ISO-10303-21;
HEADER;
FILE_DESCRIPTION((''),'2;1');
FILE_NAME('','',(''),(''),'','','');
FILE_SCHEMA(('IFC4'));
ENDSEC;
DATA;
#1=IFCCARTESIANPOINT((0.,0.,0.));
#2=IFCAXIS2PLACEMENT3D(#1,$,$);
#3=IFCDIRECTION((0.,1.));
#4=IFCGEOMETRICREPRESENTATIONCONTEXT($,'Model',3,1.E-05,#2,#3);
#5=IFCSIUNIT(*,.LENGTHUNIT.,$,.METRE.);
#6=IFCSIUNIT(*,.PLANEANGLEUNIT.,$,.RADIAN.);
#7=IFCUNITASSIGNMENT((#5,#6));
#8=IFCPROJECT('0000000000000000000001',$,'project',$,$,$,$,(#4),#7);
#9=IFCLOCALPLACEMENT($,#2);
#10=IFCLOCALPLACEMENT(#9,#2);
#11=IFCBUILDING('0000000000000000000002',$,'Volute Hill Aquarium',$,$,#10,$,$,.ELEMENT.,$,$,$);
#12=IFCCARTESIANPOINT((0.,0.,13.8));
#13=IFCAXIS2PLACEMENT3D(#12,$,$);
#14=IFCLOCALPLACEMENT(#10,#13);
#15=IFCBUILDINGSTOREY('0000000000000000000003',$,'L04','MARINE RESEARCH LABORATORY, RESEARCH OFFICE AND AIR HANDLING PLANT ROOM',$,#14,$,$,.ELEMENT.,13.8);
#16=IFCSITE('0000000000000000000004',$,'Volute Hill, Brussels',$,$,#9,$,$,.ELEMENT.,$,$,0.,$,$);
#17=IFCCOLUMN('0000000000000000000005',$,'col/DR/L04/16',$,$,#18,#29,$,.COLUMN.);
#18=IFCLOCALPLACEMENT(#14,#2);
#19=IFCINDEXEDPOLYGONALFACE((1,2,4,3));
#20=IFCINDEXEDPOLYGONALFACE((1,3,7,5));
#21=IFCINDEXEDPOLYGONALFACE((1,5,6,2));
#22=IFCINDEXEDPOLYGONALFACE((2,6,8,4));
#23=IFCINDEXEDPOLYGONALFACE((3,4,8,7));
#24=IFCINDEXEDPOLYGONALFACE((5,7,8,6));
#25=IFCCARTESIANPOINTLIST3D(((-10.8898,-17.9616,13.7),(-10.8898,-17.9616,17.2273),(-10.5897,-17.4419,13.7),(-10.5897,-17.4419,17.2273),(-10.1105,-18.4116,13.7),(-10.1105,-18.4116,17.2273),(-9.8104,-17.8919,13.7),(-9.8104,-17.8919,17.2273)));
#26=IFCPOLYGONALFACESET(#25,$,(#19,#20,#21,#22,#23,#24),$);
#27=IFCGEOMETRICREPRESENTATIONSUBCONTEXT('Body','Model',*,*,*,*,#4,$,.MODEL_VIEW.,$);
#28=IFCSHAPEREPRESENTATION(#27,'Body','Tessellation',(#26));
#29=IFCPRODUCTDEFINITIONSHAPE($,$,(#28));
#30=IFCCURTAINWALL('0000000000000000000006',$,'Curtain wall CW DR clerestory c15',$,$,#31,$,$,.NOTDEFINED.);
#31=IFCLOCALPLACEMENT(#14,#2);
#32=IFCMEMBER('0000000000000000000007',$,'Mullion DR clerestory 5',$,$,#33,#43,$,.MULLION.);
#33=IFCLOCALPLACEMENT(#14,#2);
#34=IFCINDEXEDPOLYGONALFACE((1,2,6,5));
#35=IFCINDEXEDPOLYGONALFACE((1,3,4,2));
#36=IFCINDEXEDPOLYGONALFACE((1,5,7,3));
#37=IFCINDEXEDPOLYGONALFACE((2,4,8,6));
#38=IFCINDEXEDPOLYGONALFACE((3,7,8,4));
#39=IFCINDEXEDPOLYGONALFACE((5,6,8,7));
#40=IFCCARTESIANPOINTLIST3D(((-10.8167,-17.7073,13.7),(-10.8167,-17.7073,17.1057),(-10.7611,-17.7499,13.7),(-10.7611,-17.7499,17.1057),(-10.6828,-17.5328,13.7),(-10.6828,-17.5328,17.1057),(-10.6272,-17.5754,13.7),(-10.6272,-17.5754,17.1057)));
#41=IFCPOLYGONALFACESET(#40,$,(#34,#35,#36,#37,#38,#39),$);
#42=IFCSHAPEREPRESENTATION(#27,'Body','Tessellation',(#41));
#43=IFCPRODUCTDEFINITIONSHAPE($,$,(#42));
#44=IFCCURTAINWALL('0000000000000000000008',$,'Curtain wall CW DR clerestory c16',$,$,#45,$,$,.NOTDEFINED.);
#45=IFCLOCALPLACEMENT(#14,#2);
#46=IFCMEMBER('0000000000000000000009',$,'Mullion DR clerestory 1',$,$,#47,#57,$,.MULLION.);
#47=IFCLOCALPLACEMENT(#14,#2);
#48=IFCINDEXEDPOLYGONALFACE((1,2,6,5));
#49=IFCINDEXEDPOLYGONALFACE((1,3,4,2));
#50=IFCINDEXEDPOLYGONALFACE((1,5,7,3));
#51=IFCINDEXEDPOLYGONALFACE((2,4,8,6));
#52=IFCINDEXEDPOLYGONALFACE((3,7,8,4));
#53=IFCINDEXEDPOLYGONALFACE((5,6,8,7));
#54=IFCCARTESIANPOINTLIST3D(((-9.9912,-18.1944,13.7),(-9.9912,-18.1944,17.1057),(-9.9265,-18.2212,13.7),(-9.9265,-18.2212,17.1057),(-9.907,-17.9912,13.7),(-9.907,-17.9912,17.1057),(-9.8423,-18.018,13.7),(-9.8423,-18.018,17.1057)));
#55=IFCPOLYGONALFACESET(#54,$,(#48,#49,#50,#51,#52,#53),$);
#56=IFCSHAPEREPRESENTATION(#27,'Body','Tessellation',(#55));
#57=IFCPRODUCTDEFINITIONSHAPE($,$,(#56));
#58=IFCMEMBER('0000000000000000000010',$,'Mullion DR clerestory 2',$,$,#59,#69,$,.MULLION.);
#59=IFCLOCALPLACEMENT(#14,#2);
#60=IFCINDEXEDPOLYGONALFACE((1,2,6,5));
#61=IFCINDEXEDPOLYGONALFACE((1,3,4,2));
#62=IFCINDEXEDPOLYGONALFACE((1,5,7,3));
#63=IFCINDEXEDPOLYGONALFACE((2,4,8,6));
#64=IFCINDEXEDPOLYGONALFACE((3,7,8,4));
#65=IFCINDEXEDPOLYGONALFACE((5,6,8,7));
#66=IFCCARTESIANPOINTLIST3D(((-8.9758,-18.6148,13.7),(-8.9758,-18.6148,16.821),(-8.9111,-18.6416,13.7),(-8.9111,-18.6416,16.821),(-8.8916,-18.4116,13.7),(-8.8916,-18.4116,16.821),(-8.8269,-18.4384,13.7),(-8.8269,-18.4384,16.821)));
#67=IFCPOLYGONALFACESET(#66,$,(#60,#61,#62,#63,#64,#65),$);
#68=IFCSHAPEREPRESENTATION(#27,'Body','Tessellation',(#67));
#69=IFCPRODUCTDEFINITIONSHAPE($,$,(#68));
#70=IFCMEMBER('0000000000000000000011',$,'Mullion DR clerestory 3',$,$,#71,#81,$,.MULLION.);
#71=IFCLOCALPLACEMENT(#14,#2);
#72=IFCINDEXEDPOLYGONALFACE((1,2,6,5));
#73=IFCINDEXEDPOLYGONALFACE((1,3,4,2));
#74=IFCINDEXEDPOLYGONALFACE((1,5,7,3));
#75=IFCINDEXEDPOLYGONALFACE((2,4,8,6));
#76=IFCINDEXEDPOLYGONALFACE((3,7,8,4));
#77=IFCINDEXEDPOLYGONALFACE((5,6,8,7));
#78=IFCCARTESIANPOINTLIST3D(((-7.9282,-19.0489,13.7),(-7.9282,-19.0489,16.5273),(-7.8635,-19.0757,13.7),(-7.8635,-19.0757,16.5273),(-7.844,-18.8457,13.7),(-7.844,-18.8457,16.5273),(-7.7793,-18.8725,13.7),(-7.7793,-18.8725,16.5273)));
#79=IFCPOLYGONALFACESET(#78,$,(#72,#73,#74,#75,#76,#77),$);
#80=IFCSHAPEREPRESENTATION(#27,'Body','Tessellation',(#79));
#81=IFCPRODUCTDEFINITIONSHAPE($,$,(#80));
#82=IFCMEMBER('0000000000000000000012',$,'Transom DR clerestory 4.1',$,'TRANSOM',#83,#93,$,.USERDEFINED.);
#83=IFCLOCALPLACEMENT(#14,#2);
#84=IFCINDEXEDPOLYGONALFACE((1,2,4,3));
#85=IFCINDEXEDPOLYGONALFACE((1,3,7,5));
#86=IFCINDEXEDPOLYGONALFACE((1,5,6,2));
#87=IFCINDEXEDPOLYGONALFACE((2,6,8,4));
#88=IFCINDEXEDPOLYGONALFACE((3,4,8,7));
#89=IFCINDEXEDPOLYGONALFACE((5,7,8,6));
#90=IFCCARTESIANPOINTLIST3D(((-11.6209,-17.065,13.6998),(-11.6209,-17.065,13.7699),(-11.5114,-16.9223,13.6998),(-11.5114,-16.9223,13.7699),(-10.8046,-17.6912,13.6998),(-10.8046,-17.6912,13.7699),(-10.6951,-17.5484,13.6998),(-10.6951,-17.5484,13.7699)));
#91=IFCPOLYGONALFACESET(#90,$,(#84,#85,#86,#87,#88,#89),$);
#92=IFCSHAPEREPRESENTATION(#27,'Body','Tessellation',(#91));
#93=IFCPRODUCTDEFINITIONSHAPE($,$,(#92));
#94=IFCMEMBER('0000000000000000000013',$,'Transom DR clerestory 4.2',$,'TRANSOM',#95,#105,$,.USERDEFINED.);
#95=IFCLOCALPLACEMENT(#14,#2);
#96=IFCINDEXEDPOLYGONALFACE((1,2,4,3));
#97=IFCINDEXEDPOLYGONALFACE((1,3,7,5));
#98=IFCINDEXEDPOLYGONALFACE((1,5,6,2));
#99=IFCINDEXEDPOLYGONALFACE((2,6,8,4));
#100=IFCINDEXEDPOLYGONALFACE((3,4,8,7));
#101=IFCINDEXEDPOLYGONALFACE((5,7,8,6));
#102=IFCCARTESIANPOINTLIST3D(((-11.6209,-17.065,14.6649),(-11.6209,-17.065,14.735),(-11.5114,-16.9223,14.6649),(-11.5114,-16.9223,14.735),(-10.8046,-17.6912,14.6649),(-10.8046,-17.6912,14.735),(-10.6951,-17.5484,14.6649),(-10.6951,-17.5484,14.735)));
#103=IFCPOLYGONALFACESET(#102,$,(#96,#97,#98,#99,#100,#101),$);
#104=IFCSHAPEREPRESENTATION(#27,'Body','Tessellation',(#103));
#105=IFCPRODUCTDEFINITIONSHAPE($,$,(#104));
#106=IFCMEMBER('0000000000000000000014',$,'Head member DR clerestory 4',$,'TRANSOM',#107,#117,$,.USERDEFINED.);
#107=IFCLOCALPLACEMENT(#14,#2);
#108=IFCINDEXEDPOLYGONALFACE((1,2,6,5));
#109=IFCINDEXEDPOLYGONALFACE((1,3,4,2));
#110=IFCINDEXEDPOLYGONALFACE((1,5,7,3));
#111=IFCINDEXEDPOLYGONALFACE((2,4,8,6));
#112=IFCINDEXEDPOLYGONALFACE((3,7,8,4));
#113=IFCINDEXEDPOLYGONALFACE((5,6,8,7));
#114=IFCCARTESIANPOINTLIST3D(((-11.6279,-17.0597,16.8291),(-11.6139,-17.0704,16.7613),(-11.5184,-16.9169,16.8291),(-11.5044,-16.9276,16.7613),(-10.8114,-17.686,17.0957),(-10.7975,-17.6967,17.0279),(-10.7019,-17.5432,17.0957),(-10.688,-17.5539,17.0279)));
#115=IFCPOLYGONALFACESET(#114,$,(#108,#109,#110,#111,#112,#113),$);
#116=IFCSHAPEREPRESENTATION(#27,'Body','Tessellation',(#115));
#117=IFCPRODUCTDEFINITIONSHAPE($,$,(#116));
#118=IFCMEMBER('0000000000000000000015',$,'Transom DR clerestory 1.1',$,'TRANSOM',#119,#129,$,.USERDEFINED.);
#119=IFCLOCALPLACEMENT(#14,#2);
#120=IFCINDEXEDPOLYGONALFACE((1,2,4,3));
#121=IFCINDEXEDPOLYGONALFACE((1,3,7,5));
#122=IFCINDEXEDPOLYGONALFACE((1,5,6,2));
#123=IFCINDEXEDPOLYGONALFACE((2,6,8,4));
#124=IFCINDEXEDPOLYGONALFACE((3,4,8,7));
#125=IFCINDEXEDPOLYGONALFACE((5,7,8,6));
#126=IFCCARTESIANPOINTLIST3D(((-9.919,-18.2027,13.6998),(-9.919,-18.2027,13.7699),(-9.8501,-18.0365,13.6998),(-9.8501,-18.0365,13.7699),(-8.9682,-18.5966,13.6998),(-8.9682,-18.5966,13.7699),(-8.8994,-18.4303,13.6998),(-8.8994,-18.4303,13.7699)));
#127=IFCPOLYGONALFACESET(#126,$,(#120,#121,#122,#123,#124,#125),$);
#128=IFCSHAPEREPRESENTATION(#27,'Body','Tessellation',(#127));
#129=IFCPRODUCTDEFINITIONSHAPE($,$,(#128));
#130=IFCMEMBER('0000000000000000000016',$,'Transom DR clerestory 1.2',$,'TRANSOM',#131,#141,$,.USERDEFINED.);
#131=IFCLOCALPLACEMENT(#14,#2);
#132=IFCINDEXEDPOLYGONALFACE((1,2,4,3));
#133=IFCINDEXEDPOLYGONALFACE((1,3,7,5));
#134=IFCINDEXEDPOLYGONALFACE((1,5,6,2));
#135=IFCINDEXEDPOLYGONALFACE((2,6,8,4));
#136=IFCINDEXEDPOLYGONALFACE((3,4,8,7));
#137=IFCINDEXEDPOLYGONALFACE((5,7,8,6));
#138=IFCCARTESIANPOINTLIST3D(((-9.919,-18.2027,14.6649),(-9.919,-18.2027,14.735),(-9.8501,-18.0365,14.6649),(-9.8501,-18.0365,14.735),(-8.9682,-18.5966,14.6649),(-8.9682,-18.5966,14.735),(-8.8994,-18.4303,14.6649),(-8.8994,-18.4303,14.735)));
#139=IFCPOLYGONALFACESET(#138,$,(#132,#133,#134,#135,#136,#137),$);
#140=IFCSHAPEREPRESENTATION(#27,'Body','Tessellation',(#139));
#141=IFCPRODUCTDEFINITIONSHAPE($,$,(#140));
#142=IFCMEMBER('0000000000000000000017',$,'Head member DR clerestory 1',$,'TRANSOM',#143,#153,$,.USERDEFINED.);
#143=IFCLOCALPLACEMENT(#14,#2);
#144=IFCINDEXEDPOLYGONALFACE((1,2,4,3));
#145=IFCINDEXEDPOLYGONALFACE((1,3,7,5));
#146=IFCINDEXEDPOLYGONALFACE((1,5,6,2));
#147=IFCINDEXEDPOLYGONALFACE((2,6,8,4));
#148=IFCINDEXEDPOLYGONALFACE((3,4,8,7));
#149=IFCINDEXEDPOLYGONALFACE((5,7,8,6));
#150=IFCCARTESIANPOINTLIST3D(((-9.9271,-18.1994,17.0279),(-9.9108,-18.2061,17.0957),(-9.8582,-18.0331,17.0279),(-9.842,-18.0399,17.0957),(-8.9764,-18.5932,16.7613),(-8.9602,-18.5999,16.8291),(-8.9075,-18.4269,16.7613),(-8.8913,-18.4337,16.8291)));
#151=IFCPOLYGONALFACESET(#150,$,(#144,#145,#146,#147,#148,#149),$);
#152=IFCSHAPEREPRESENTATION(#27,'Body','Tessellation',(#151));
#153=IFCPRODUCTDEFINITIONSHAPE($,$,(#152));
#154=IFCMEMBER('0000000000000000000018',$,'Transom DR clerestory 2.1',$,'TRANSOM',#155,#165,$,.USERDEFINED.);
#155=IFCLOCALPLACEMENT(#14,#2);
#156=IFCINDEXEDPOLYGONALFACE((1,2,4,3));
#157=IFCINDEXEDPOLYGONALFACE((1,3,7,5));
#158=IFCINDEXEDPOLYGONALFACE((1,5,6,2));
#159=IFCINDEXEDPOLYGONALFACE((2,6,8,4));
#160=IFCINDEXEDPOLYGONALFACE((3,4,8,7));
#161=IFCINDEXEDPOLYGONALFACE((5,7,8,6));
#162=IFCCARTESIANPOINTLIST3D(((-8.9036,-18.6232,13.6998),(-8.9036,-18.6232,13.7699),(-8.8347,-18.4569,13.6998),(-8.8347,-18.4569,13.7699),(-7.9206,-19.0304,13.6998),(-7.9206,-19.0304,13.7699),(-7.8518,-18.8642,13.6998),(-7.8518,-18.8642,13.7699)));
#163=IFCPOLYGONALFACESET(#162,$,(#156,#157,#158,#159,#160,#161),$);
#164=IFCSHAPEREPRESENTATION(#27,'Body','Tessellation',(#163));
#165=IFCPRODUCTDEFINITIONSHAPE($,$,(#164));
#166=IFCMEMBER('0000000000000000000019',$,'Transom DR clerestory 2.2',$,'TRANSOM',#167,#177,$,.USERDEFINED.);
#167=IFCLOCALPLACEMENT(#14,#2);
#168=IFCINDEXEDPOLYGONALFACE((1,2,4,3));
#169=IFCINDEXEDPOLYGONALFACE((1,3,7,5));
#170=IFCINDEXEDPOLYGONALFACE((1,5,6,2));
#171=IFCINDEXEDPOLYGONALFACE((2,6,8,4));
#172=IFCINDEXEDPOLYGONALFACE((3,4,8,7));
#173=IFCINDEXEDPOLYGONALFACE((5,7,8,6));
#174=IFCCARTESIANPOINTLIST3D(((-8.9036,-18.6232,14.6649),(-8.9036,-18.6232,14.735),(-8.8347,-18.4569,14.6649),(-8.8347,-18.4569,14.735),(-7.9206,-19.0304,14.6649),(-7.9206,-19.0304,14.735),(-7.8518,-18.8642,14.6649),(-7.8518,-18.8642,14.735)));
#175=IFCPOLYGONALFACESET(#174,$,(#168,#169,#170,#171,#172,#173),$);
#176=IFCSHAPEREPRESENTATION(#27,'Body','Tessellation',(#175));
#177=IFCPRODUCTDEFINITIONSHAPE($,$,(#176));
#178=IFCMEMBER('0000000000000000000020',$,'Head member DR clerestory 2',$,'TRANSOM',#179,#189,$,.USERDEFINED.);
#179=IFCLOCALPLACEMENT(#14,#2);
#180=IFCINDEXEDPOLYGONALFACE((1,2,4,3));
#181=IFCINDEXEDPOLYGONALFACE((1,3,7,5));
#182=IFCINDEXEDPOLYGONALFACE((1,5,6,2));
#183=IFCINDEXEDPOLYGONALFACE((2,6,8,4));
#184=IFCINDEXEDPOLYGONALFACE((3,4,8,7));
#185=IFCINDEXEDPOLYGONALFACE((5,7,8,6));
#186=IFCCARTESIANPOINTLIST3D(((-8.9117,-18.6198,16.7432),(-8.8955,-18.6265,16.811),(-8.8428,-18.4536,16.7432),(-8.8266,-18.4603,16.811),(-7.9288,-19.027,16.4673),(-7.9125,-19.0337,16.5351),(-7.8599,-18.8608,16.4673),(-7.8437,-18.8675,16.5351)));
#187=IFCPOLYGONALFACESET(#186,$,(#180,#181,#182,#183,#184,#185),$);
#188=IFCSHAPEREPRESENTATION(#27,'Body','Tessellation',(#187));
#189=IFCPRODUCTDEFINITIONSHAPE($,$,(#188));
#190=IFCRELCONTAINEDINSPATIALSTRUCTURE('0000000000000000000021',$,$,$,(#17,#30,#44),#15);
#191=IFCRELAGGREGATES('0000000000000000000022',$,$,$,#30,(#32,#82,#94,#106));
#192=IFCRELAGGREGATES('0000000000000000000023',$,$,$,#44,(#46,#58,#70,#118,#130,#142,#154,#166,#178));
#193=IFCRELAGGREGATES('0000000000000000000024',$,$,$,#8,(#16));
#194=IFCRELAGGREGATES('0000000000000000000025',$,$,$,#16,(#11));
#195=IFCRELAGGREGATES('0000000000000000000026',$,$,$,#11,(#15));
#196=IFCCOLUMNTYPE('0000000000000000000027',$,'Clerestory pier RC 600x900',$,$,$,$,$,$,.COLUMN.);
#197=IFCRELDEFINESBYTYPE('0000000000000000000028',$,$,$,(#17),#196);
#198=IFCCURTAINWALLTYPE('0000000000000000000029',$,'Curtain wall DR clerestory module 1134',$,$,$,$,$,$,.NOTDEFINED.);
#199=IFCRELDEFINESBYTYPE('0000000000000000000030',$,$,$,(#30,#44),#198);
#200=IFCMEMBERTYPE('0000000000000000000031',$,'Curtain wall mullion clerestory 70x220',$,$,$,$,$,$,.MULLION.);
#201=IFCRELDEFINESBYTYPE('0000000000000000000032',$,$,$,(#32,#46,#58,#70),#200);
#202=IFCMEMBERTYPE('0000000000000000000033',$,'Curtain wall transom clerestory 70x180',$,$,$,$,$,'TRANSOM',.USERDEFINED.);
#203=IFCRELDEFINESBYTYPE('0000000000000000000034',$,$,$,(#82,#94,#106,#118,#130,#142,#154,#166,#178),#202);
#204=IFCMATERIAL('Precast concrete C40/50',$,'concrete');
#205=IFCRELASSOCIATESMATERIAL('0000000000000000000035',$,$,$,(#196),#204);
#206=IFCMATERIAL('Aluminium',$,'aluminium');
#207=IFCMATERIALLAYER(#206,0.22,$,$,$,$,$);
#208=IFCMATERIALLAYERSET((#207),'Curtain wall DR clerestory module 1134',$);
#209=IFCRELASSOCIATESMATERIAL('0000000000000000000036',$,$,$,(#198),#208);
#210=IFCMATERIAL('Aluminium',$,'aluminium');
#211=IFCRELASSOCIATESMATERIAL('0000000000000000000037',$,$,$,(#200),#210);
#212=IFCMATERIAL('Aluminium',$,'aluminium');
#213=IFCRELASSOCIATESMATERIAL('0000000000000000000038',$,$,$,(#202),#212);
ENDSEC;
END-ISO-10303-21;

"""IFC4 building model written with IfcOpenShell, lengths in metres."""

from ifc_helpers import new_model, si_unit, direction, frame, origin, origin_2d, place, context, subcontext, project, spatial, rectangle, extrude, material, layer, layer_set, material_profile, profile_set, type_object, element, aggregate, save


model = new_model("IFC4")

# Units and contexts
model_context = context("Model", 3, precision=1e-05, world=origin(), true_north=direction((0.0, 1.0)))
body_context = subcontext(model_context, "Body", "Model", "MODEL_VIEW")
ifc_project = project(units=[si_unit("LENGTHUNIT", "METRE"), si_unit("PLANEANGLEUNIT", "RADIAN")], contexts=[model_context])

# Site, building, storey
site_placement = place(None, origin())
site = spatial("IfcSite", under=ifc_project, at=site_placement, Name="Volute Hill, Brussels", CompositionType="ELEMENT", RefElevation=0.0)
building_placement = place(site_placement, origin())
building = spatial("IfcBuilding", under=site, at=building_placement, Name="Volute Hill Aquarium", CompositionType="ELEMENT")
storey_placement = place(building_placement, frame((0.0, 0.0, 13.8)))
storey = spatial("IfcBuildingStorey", under=building, at=storey_placement, Name="L04", Description="MARINE RESEARCH LABORATORY, RESEARCH OFFICE AND AIR HANDLING PLANT ROOM", CompositionType="ELEMENT", Elevation=13.8)

# Column
ifc_material_1 = material(Name="Precast concrete C40/50", Category="concrete")
ifc_material_profile_1 = material_profile(ifc_material_1, rectangle(XDim=0.6001, YDim=0.8999, at=origin_2d()), Name="RC pier 600x900")
ifc_profile_set_1 = profile_set([ifc_material_profile_1], Name="Precast concrete C40/50")
column_type = type_object("IfcColumnType", Name="Clerestory pier RC 600x900", PredefinedType="COLUMN", material=ifc_profile_set_1)
column_placement = place(storey_placement, frame((-10.3501, -17.9268, 13.7), z_axis=(0.0, 0.0, 1.0), x_axis=(-0.5, -0.866025, 0.0)))
element("IfcColumn", 1, at=column_placement, inside=storey, type_object=column_type, Name="col/DR/L04/16", PredefinedType="COLUMN", context=body_context, shape_type="SweptSolid", body=[
    extrude(rectangle(XDim=0.6001, YDim=0.8999, at=origin_2d()), origin(), (0.0, 0.0, 1.0), 3.5273),
])

# Curtain wall, member
ifc_material_2 = material(Name="Aluminium", Category="aluminium")
ifc_layer_1 = layer(ifc_material_2, 0.22)
ifc_layer_set_1 = layer_set([ifc_layer_1], Name="Curtain wall DR clerestory module 1134")
curtain_wall_type = type_object("IfcCurtainWallType", Name="Curtain wall DR clerestory module 1134", PredefinedType="NOTDEFINED", material=ifc_layer_set_1)
curtain_wall_1_placement = place(storey_placement, origin())
curtain_wall_1 = element("IfcCurtainWall", 2, at=curtain_wall_1_placement, inside=storey, type_object=curtain_wall_type, Name="Curtain wall CW DR clerestory c15", PredefinedType="NOTDEFINED")
ifc_material_3 = material(Name="Aluminium", Category="aluminium")
ifc_material_profile_2 = material_profile(ifc_material_3, rectangle(XDim=0.22, YDim=0.0701, at=origin_2d()), Name="Curtain wall mullion clerestory 70x220")
ifc_profile_set_2 = profile_set([ifc_material_profile_2], Name="Aluminium")
member_type_1 = type_object("IfcMemberType", Name="Curtain wall mullion clerestory 70x220", PredefinedType="MULLION", material=ifc_profile_set_2)
member_1_placement = place(storey_placement, frame((-10.7219, -17.6414, 13.7), z_axis=(0.0, 0.0, 1.0), x_axis=(0.608761, 0.793354, 0.0)))
member_1 = element("IfcMember", 3, at=member_1_placement, type_object=member_type_1, Name="Mullion DR clerestory 5", PredefinedType="MULLION", context=body_context, shape_type="SweptSolid", body=[
    extrude(rectangle(XDim=0.22, YDim=0.0701, at=origin_2d()), origin(), (0.0, 0.0, 1.0), 3.4058),
])

# Curtain wall, members
curtain_wall_2_placement = place(storey_placement, origin())
curtain_wall_2 = element("IfcCurtainWall", 4, at=curtain_wall_2_placement, inside=storey, type_object=curtain_wall_type, Name="Curtain wall CW DR clerestory c16", PredefinedType="NOTDEFINED")
member_2_placement = place(storey_placement, frame((-9.9167, -18.1062, 13.7), z_axis=(0.0, 0.0, 1.0), x_axis=(0.382696, 0.923874, 0.0)))
member_2 = element("IfcMember", 5, at=member_2_placement, type_object=member_type_1, Name="Mullion DR clerestory 1", PredefinedType="MULLION", context=body_context, shape_type="SweptSolid", body=[
    extrude(rectangle(XDim=0.22, YDim=0.0701, at=origin_2d()), origin(), (0.0, 0.0, 1.0), 3.4058),
])
member_3_placement = place(storey_placement, frame((-8.9014, -18.5266, 13.7), z_axis=(0.0, 0.0, 1.0), x_axis=(0.382696, 0.923874, 0.0)))
member_3 = element("IfcMember", 6, at=member_3_placement, type_object=member_type_1, Name="Mullion DR clerestory 2", PredefinedType="MULLION", context=body_context, shape_type="SweptSolid", body=[
    extrude(rectangle(XDim=0.22, YDim=0.0701, at=origin_2d()), origin(), (0.0, 0.0, 1.0), 3.1211),
])
member_4_placement = place(storey_placement, frame((-7.8538, -18.9607, 13.7), z_axis=(0.0, 0.0, 1.0), x_axis=(0.382696, 0.923874, 0.0)))
member_4 = element("IfcMember", 7, at=member_4_placement, type_object=member_type_1, Name="Mullion DR clerestory 3", PredefinedType="MULLION", context=body_context, shape_type="SweptSolid", body=[
    extrude(rectangle(XDim=0.22, YDim=0.0701, at=origin_2d()), origin(), (0.0, 0.0, 1.0), 2.8274),
])

# Members
ifc_material_4 = material(Name="Aluminium", Category="aluminium")
ifc_material_profile_3 = material_profile(ifc_material_4, rectangle(XDim=0.1799, YDim=0.0701, at=origin_2d()), Name="Curtain wall transom clerestory 70x180")
ifc_profile_set_3 = profile_set([ifc_material_profile_3], Name="Aluminium")
member_type_2 = type_object("IfcMemberType", Name="Curtain wall transom clerestory 70x180", ElementType="TRANSOM", PredefinedType="USERDEFINED", material=ifc_profile_set_3)
member_5_placement = place(storey_placement, frame((-11.5662, -16.9937, 13.7349), z_axis=(0.793461, -0.608621, 0.0), x_axis=(0.608621, 0.793461, 0.0)))
member_5 = element("IfcMember", 8, at=member_5_placement, type_object=member_type_2, Name="Transom DR clerestory 4.1", ObjectType="TRANSOM", PredefinedType="USERDEFINED", context=body_context, shape_type="SweptSolid", body=[
    extrude(rectangle(XDim=0.1799, YDim=0.0701, at=origin_2d()), origin(), (0.0, 0.0, 1.0), 1.0288),
])
member_6_placement = place(storey_placement, frame((-11.5662, -16.9937, 14.7), z_axis=(0.793461, -0.608621, 0.0), x_axis=(0.608621, 0.793461, 0.0)))
member_6 = element("IfcMember", 9, at=member_6_placement, type_object=member_type_2, Name="Transom DR clerestory 4.2", ObjectType="TRANSOM", PredefinedType="USERDEFINED", context=body_context, shape_type="SweptSolid", body=[
    extrude(rectangle(XDim=0.1799, YDim=0.0701, at=origin_2d()), origin(), (0.0, 0.0, 1.0), 1.0288),
])
member_7_placement = place(storey_placement, frame((-11.5662, -16.9937, 16.7952), z_axis=(0.768096, -0.589165, 0.250826), x_axis=(0.608621, 0.793461, 0.0)))
member_7 = element("IfcMember", 10, at=member_7_placement, type_object=member_type_2, Name="Head member DR clerestory 4", ObjectType="TRANSOM", PredefinedType="USERDEFINED", context=body_context, shape_type="SweptSolid", body=[
    extrude(rectangle(XDim=0.1799, YDim=0.0701, at=origin_2d()), origin(), (0.0, 0.0, 1.0), 1.063),
])
member_8_placement = place(storey_placement, frame((-9.8845, -18.1196, 13.7349), z_axis=(0.923875, -0.382694, 0.0), x_axis=(0.382694, 0.923875, 0.0)))
member_8 = element("IfcMember", 11, at=member_8_placement, type_object=member_type_2, Name="Transom DR clerestory 1.1", ObjectType="TRANSOM", PredefinedType="USERDEFINED", context=body_context, shape_type="SweptSolid", body=[
    extrude(rectangle(XDim=0.1799, YDim=0.0701, at=origin_2d()), origin(), (0.0, 0.0, 1.0), 1.0291),
])
member_9_placement = place(storey_placement, frame((-9.8845, -18.1196, 14.7), z_axis=(0.923875, -0.382694, 0.0), x_axis=(0.382694, 0.923875, 0.0)))
member_9 = element("IfcMember", 12, at=member_9_placement, type_object=member_type_2, Name="Transom DR clerestory 1.2", ObjectType="TRANSOM", PredefinedType="USERDEFINED", context=body_context, shape_type="SweptSolid", body=[
    extrude(rectangle(XDim=0.1799, YDim=0.0701, at=origin_2d()), origin(), (0.0, 0.0, 1.0), 1.0291),
])
member_10_placement = place(storey_placement, frame((-9.8845, -18.1196, 17.0618), z_axis=(0.894346, -0.370462, -0.250803), x_axis=(0.382694, 0.923875, 0.0)))
member_10 = element("IfcMember", 13, at=member_10_placement, type_object=member_type_2, Name="Head member DR clerestory 1", ObjectType="TRANSOM", PredefinedType="USERDEFINED", context=body_context, shape_type="SweptSolid", body=[
    extrude(rectangle(XDim=0.1799, YDim=0.0701, at=origin_2d()), origin(), (0.0, 0.0, 1.0), 1.063),
])
member_11_placement = place(storey_placement, frame((-8.8691, -18.54, 13.7349), z_axis=(0.923849, -0.382757, 0.0), x_axis=(0.382757, 0.923849, 0.0)))
member_11 = element("IfcMember", 14, at=member_11_placement, type_object=member_type_2, Name="Transom DR clerestory 2.1", ObjectType="TRANSOM", PredefinedType="USERDEFINED", context=body_context, shape_type="SweptSolid", body=[
    extrude(rectangle(XDim=0.1799, YDim=0.0701, at=origin_2d()), origin(), (0.0, 0.0, 1.0), 1.064),
])
member_12_placement = place(storey_placement, frame((-8.8691, -18.54, 14.7), z_axis=(0.923849, -0.382757, 0.0), x_axis=(0.382757, 0.923849, 0.0)))
member_12 = element("IfcMember", 15, at=member_12_placement, type_object=member_type_2, Name="Transom DR clerestory 2.2", ObjectType="TRANSOM", PredefinedType="USERDEFINED", context=body_context, shape_type="SweptSolid", body=[
    extrude(rectangle(XDim=0.1799, YDim=0.0701, at=origin_2d()), origin(), (0.0, 0.0, 1.0), 1.064),
])
member_13_placement = place(storey_placement, frame((-8.8691, -18.54, 16.7771), z_axis=(0.894274, -0.370504, -0.251001), x_axis=(0.382757, 0.923849, 0.0)))
member_13 = element("IfcMember", 16, at=member_13_placement, type_object=member_type_2, Name="Head member DR clerestory 2", ObjectType="TRANSOM", PredefinedType="USERDEFINED", context=body_context, shape_type="SweptSolid", body=[
    extrude(rectangle(XDim=0.1799, YDim=0.0701, at=origin_2d()), origin(), (0.0, 0.0, 1.0), 1.0991),
])

aggregate(curtain_wall_1, [member_1, member_5, member_6, member_7])
aggregate(curtain_wall_2, [member_2, member_3, member_4, member_8, member_9, member_10, member_11, member_12, member_13])

save(model, "model.ifc")
